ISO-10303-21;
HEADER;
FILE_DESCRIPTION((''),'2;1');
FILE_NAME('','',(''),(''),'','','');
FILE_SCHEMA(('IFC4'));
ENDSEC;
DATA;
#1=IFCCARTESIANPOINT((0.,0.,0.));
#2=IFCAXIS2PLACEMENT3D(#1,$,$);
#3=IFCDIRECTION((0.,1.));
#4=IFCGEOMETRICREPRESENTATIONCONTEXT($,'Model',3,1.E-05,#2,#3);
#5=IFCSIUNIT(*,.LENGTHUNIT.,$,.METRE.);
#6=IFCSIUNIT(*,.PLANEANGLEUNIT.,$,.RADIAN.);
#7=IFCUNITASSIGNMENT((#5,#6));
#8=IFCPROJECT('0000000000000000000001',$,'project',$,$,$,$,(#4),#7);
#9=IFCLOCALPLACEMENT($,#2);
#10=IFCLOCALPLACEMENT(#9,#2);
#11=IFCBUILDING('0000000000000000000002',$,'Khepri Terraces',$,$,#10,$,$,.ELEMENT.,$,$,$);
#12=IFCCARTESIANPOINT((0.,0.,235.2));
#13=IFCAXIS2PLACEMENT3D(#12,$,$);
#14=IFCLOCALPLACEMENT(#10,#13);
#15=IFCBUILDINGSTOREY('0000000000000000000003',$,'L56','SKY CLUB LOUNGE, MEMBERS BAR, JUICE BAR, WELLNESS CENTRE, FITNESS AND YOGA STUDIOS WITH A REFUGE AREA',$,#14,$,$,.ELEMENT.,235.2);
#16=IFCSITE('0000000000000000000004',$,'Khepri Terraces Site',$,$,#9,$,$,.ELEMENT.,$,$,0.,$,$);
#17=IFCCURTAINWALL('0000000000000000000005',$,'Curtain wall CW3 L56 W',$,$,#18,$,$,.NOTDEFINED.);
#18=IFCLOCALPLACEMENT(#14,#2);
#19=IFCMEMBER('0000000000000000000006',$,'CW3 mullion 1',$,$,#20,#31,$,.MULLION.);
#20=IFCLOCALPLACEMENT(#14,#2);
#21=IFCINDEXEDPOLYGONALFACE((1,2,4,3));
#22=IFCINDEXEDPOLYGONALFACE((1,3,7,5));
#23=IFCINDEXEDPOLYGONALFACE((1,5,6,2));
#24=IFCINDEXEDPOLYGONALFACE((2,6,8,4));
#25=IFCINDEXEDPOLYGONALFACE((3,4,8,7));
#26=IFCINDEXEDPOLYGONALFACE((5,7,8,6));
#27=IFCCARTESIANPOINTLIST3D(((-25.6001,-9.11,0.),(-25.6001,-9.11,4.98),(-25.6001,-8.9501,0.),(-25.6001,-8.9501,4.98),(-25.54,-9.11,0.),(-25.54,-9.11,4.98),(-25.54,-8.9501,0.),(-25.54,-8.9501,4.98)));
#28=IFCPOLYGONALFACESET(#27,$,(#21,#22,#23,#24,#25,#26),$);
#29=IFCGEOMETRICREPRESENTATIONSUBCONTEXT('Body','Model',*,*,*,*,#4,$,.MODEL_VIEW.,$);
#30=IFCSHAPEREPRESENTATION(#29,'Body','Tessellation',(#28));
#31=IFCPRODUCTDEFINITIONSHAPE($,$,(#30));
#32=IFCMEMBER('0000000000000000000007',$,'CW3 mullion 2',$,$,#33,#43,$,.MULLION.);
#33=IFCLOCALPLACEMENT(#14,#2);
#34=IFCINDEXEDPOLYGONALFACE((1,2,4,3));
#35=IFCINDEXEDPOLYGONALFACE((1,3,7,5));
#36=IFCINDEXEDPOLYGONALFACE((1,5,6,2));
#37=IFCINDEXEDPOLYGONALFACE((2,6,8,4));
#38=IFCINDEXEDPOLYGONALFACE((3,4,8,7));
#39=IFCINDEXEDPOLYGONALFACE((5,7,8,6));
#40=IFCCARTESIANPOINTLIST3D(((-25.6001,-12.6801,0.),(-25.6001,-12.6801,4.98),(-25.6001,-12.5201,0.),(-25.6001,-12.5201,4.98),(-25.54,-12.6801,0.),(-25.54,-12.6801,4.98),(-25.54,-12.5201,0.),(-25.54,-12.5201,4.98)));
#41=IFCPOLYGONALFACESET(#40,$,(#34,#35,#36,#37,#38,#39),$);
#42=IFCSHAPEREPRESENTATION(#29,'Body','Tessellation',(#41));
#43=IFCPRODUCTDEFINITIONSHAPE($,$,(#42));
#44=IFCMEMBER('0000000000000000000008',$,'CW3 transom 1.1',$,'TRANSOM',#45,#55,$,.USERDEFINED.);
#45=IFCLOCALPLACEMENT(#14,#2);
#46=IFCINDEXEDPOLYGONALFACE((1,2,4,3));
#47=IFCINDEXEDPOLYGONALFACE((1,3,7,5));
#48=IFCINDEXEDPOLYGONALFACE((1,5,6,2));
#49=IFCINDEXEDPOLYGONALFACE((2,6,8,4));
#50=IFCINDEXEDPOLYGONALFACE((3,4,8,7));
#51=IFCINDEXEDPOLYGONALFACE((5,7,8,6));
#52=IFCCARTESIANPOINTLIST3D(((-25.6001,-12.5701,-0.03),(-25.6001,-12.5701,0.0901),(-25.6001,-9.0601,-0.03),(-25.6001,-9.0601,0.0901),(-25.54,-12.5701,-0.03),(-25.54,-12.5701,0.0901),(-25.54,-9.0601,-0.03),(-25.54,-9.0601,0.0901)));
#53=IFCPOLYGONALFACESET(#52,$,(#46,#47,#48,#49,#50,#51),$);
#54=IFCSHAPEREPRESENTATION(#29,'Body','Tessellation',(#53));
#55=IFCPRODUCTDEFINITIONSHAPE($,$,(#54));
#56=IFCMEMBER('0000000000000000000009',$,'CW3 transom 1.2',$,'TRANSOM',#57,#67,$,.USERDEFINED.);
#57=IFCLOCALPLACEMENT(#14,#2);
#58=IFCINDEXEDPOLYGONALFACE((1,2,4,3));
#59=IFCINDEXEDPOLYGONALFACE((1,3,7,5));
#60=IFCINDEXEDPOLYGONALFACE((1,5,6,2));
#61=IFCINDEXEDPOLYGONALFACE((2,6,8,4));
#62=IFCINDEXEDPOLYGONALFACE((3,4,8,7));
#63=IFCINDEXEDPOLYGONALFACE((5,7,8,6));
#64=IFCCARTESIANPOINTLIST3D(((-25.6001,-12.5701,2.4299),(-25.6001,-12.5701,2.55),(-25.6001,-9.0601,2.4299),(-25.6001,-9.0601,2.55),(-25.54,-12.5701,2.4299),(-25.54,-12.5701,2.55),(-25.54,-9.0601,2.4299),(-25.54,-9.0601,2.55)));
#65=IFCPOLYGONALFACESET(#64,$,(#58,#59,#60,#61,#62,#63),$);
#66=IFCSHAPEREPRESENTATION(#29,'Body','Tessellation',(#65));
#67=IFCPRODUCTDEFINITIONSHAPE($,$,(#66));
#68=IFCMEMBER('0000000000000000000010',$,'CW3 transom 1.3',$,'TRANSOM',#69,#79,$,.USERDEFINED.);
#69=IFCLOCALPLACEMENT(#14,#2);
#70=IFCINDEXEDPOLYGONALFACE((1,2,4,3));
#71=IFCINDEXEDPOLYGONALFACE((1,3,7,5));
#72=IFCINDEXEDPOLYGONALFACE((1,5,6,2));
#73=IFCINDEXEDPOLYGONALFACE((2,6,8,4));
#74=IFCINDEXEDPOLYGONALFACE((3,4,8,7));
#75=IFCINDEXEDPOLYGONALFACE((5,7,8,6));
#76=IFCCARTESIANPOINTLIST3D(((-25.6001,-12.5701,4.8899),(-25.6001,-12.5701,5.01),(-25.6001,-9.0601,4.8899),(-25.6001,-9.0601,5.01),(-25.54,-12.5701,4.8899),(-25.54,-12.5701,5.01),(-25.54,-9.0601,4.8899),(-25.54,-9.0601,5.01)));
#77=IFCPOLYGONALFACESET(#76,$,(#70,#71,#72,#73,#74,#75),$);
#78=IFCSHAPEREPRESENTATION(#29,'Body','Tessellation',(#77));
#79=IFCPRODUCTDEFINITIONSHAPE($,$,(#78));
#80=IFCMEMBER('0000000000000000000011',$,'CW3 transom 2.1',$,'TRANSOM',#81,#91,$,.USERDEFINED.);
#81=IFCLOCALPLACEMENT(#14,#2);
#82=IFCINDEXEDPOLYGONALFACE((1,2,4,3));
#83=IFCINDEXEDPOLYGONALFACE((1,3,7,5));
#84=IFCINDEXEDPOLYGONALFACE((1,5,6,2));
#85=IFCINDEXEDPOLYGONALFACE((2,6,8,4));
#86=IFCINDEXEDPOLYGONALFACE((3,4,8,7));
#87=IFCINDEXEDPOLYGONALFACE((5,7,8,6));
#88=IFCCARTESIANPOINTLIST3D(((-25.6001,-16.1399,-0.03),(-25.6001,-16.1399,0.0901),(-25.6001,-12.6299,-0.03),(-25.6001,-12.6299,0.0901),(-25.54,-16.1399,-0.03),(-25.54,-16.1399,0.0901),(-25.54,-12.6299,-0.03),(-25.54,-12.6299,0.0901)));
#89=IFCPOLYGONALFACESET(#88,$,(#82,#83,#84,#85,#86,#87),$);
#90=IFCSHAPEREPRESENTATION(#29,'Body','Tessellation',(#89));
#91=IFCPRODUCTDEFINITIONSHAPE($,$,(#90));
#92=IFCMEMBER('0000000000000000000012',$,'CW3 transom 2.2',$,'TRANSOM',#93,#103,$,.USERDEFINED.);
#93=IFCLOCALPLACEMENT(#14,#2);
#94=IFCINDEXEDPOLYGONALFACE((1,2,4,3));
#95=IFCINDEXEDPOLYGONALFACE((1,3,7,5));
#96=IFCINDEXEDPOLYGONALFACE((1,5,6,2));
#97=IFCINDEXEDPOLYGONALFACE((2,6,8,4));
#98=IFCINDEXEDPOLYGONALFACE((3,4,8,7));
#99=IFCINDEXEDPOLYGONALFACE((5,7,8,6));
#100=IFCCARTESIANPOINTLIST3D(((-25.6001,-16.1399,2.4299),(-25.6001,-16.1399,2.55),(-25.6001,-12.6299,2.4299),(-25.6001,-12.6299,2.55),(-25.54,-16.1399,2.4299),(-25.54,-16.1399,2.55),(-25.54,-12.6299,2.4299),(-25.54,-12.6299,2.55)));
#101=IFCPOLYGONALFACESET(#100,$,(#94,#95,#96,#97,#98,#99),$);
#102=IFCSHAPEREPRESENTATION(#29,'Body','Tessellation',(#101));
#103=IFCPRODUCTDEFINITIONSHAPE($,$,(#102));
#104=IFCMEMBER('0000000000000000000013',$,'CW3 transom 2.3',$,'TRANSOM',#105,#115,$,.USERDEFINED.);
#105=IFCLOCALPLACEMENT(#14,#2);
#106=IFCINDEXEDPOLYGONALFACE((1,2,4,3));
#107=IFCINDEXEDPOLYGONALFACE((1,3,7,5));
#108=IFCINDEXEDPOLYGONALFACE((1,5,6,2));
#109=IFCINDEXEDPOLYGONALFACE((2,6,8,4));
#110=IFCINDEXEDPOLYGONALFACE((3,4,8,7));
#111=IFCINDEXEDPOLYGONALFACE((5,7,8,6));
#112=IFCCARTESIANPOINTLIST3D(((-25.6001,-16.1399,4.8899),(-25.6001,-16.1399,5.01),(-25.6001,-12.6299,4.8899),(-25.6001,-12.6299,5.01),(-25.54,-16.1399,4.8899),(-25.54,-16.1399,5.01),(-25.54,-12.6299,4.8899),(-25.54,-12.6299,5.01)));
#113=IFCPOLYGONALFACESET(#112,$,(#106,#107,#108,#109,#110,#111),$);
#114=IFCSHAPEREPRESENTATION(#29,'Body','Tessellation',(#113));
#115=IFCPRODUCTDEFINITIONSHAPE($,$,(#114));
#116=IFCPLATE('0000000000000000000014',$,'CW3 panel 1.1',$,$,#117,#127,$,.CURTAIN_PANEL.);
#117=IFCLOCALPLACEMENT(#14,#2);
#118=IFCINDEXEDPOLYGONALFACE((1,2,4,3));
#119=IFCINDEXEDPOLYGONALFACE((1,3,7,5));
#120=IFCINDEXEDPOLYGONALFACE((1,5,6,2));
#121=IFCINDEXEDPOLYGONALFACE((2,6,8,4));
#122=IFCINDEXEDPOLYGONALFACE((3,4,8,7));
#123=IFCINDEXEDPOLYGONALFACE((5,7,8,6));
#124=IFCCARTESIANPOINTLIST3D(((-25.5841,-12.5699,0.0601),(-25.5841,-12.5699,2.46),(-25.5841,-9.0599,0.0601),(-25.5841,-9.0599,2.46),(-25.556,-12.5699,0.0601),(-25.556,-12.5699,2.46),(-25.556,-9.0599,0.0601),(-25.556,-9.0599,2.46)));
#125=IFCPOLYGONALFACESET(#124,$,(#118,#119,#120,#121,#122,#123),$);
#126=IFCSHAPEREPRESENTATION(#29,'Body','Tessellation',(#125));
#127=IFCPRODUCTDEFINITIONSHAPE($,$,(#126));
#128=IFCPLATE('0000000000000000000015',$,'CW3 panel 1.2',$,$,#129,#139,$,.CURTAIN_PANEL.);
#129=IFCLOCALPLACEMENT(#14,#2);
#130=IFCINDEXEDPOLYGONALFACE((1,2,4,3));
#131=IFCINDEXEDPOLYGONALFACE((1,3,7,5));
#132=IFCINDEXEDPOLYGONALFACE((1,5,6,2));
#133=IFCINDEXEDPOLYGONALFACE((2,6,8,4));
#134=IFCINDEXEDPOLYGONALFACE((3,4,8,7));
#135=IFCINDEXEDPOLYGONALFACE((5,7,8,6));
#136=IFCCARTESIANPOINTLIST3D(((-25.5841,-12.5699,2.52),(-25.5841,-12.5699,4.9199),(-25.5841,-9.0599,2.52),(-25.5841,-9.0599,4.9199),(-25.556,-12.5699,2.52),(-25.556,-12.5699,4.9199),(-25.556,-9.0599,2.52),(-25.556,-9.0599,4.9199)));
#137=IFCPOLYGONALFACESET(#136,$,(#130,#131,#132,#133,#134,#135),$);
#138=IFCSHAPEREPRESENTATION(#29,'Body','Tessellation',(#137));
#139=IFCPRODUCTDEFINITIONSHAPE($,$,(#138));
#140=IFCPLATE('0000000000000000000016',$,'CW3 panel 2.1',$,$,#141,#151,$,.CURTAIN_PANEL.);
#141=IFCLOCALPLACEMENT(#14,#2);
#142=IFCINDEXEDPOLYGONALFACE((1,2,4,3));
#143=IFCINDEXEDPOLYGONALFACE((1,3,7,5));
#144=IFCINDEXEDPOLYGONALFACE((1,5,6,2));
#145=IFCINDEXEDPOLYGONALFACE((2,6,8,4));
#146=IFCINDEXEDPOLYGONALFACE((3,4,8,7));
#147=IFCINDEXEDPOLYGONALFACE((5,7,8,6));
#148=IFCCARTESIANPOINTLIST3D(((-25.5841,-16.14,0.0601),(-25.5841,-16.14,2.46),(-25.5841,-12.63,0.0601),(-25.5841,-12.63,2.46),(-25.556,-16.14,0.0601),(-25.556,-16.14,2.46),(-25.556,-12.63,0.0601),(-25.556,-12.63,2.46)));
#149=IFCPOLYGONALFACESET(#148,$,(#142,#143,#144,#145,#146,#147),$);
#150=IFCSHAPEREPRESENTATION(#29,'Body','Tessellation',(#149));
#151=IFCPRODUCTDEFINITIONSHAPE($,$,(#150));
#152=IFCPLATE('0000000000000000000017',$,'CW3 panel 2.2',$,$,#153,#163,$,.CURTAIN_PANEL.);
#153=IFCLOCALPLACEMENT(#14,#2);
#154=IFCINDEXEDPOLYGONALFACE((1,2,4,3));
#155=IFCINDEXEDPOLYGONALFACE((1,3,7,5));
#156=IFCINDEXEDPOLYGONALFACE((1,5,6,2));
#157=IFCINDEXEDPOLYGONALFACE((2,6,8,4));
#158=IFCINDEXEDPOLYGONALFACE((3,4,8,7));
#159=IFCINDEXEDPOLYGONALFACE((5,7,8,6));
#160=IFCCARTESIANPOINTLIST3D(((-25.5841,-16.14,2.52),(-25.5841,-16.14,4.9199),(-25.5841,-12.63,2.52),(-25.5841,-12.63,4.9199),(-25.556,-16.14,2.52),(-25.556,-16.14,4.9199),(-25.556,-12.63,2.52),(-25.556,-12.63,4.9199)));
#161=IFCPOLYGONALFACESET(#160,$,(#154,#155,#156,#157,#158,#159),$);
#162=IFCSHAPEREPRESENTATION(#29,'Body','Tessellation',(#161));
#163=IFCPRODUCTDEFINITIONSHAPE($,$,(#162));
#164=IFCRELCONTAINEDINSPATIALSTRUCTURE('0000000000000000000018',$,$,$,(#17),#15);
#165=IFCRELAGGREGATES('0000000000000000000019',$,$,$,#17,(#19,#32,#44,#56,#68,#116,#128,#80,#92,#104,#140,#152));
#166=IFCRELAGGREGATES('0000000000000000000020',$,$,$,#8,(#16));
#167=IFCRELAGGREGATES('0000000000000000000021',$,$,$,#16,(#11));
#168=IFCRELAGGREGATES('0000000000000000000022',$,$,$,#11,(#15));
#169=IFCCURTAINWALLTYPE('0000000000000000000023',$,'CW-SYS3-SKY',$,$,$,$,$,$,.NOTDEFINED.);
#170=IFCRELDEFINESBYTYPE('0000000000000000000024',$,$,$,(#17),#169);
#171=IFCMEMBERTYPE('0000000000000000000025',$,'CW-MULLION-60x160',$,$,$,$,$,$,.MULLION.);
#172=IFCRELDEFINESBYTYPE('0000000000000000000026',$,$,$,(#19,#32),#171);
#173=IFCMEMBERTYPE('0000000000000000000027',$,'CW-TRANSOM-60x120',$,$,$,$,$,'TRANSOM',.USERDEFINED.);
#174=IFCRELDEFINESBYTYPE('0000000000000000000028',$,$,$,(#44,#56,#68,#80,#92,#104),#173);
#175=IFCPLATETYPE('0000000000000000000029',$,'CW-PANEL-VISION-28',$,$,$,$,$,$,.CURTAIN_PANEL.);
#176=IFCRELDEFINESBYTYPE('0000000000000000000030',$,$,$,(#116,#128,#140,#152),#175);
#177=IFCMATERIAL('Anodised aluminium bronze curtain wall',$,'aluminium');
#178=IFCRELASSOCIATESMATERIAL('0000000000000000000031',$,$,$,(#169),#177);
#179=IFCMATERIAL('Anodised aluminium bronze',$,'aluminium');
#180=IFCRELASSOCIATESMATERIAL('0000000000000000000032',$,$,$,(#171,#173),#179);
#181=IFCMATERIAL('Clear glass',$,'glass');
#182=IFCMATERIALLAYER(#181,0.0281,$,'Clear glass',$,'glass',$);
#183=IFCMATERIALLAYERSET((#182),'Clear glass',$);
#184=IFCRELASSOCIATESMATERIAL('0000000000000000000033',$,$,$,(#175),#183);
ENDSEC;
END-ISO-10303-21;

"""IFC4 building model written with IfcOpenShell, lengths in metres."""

from ifc_helpers import new_model, si_unit, direction, frame, origin, origin_2d, place, context, subcontext, project, spatial, rectangle, extrude, material, layer, layer_set, material_profile, profile_set, type_object, element, aggregate, save


model = new_model("IFC4")

# Units and contexts
model_context = context("Model", 3, precision=1e-05, world=origin(), true_north=direction((0.0, 1.0)))
body_context = subcontext(model_context, "Body", "Model", "MODEL_VIEW")
ifc_project = project(units=[si_unit("LENGTHUNIT", "METRE"), si_unit("PLANEANGLEUNIT", "RADIAN")], contexts=[model_context])

# Site, building, storey
site_placement = place(None, origin())
site = spatial("IfcSite", under=ifc_project, at=site_placement, Name="Khepri Terraces Site", CompositionType="ELEMENT", RefElevation=0.0)
building_placement = place(site_placement, origin())
building = spatial("IfcBuilding", under=site, at=building_placement, Name="Khepri Terraces", CompositionType="ELEMENT")
storey_placement = place(building_placement, frame((0.0, 0.0, 235.2)))
storey = spatial("IfcBuildingStorey", under=building, at=storey_placement, Name="L56", Description="SKY CLUB LOUNGE, MEMBERS BAR, JUICE BAR, WELLNESS CENTRE, FITNESS AND YOGA STUDIOS WITH A REFUGE AREA", CompositionType="ELEMENT", Elevation=235.2)

# Curtain wall, members, plates
ifc_material_1 = material(Name="Anodised aluminium bronze curtain wall", Category="aluminium")
curtain_wall_type = type_object("IfcCurtainWallType", Name="CW-SYS3-SKY", PredefinedType="NOTDEFINED", material=ifc_material_1)
curtain_wall_placement = place(storey_placement, origin())
curtain_wall = element("IfcCurtainWall", 1, at=curtain_wall_placement, inside=storey, type_object=curtain_wall_type, Name="Curtain wall CW3 L56 W", PredefinedType="NOTDEFINED")
ifc_material_2 = material(Name="Anodised aluminium bronze", Category="aluminium")
ifc_material_profile_1 = material_profile(ifc_material_2, rectangle(XDim=0.0601, YDim=0.1599, at=origin_2d()), Name="Anodised aluminium bronze", Category="aluminium")
ifc_profile_set_1 = profile_set([ifc_material_profile_1], Name="Anodised aluminium bronze")
member_type_1 = type_object("IfcMemberType", Name="CW-MULLION-60x160", PredefinedType="MULLION", material=ifc_profile_set_1)
member_1_placement = place(storey_placement, frame((-25.5701, -9.03, 0.0), z_axis=(0.0, 0.0, 1.0), x_axis=(1.0, 0.0, 0.0)))
member_1 = element("IfcMember", 2, at=member_1_placement, type_object=member_type_1, Name="CW3 mullion 1", PredefinedType="MULLION", context=body_context, shape_type="SweptSolid", body=[
    extrude(rectangle(XDim=0.0601, YDim=0.1599, at=origin_2d()), origin(), (0.0, 0.0, 1.0), 4.98),
])
member_2_placement = place(storey_placement, frame((-25.5701, -12.6001, 0.0), z_axis=(0.0, 0.0, 1.0), x_axis=(1.0, 0.0, 0.0)))
member_2 = element("IfcMember", 3, at=member_2_placement, type_object=member_type_1, Name="CW3 mullion 2", PredefinedType="MULLION", context=body_context, shape_type="SweptSolid", body=[
    extrude(rectangle(XDim=0.0601, YDim=0.1599, at=origin_2d()), origin(), (0.0, 0.0, 1.0), 4.98),
])
ifc_material_profile_2 = material_profile(ifc_material_2, rectangle(XDim=0.0601, YDim=0.1201, at=origin_2d()), Name="Anodised aluminium bronze", Category="aluminium")
ifc_profile_set_2 = profile_set([ifc_material_profile_2], Name="Anodised aluminium bronze")
member_type_2 = type_object("IfcMemberType", Name="CW-TRANSOM-60x120", ElementType="TRANSOM", PredefinedType="USERDEFINED", material=ifc_profile_set_2)
member_3_placement = place(storey_placement, frame((-25.5701, -9.0601, 0.03), z_axis=(0.0, -1.0, 0.0), x_axis=(1.0, 0.0, 0.0)))
member_3 = element("IfcMember", 4, at=member_3_placement, type_object=member_type_2, Name="CW3 transom 1.1", ObjectType="TRANSOM", PredefinedType="USERDEFINED", context=body_context, shape_type="SweptSolid", body=[
    extrude(rectangle(XDim=0.0601, YDim=0.1201, at=origin_2d()), origin(), (0.0, 0.0, 1.0), 3.51),
])
member_4_placement = place(storey_placement, frame((-25.5701, -9.0601, 2.49), z_axis=(0.0, -1.0, 0.0), x_axis=(1.0, 0.0, 0.0)))
member_4 = element("IfcMember", 5, at=member_4_placement, type_object=member_type_2, Name="CW3 transom 1.2", ObjectType="TRANSOM", PredefinedType="USERDEFINED", context=body_context, shape_type="SweptSolid", body=[
    extrude(rectangle(XDim=0.0601, YDim=0.1201, at=origin_2d()), origin(), (0.0, 0.0, 1.0), 3.51),
])
member_5_placement = place(storey_placement, frame((-25.5701, -9.0601, 4.95), z_axis=(0.0, -1.0, 0.0), x_axis=(1.0, 0.0, 0.0)))
member_5 = element("IfcMember", 6, at=member_5_placement, type_object=member_type_2, Name="CW3 transom 1.3", ObjectType="TRANSOM", PredefinedType="USERDEFINED", context=body_context, shape_type="SweptSolid", body=[
    extrude(rectangle(XDim=0.0601, YDim=0.1201, at=origin_2d()), origin(), (0.0, 0.0, 1.0), 3.51),
])
member_6_placement = place(storey_placement, frame((-25.5701, -12.6299, 0.03), z_axis=(0.0, -1.0, 0.0), x_axis=(1.0, 0.0, 0.0)))
member_6 = element("IfcMember", 7, at=member_6_placement, type_object=member_type_2, Name="CW3 transom 2.1", ObjectType="TRANSOM", PredefinedType="USERDEFINED", context=body_context, shape_type="SweptSolid", body=[
    extrude(rectangle(XDim=0.0601, YDim=0.1201, at=origin_2d()), origin(), (0.0, 0.0, 1.0), 3.51),
])
member_7_placement = place(storey_placement, frame((-25.5701, -12.6299, 2.49), z_axis=(0.0, -1.0, 0.0), x_axis=(1.0, 0.0, 0.0)))
member_7 = element("IfcMember", 8, at=member_7_placement, type_object=member_type_2, Name="CW3 transom 2.2", ObjectType="TRANSOM", PredefinedType="USERDEFINED", context=body_context, shape_type="SweptSolid", body=[
    extrude(rectangle(XDim=0.0601, YDim=0.1201, at=origin_2d()), origin(), (0.0, 0.0, 1.0), 3.51),
])
member_8_placement = place(storey_placement, frame((-25.5701, -12.6299, 4.95), z_axis=(0.0, -1.0, 0.0), x_axis=(1.0, 0.0, 0.0)))
member_8 = element("IfcMember", 9, at=member_8_placement, type_object=member_type_2, Name="CW3 transom 2.3", ObjectType="TRANSOM", PredefinedType="USERDEFINED", context=body_context, shape_type="SweptSolid", body=[
    extrude(rectangle(XDim=0.0601, YDim=0.1201, at=origin_2d()), origin(), (0.0, 0.0, 1.0), 3.51),
])
ifc_material_3 = material(Name="Clear glass", Category="glass")
ifc_layer = layer(ifc_material_3, 0.0281, Name="Clear glass", Category="glass")
ifc_layer_set = layer_set([ifc_layer], Name="Clear glass")
plate_type = type_object("IfcPlateType", Name="CW-PANEL-VISION-28", PredefinedType="CURTAIN_PANEL", material=ifc_layer_set)
plate_1_placement = place(storey_placement, frame((-25.5701, -10.8149, 0.0601), z_axis=(0.0, 0.0, 1.0), x_axis=(0.0, -1.0, 0.0)))
plate_1 = element("IfcPlate", 10, at=plate_1_placement, type_object=plate_type, Name="CW3 panel 1.1", PredefinedType="CURTAIN_PANEL", context=body_context, shape_type="SweptSolid", body=[
    extrude(rectangle(XDim=3.51, YDim=0.0281, at=origin_2d()), origin(), (0.0, 0.0, 1.0), 2.3999),
])
plate_2_placement = place(storey_placement, frame((-25.5701, -10.8149, 2.52), z_axis=(0.0, 0.0, 1.0), x_axis=(0.0, -1.0, 0.0)))
plate_2 = element("IfcPlate", 11, at=plate_2_placement, type_object=plate_type, Name="CW3 panel 1.2", PredefinedType="CURTAIN_PANEL", context=body_context, shape_type="SweptSolid", body=[
    extrude(rectangle(XDim=3.51, YDim=0.0281, at=origin_2d()), origin(), (0.0, 0.0, 1.0), 2.3999),
])
plate_3_placement = place(storey_placement, frame((-25.5701, -14.385, 0.0601), z_axis=(0.0, 0.0, 1.0), x_axis=(0.0, -1.0, 0.0)))
plate_3 = element("IfcPlate", 12, at=plate_3_placement, type_object=plate_type, Name="CW3 panel 2.1", PredefinedType="CURTAIN_PANEL", context=body_context, shape_type="SweptSolid", body=[
    extrude(rectangle(XDim=3.51, YDim=0.0281, at=origin_2d()), origin(), (0.0, 0.0, 1.0), 2.3999),
])
plate_4_placement = place(storey_placement, frame((-25.5701, -14.385, 2.52), z_axis=(0.0, 0.0, 1.0), x_axis=(0.0, -1.0, 0.0)))
plate_4 = element("IfcPlate", 13, at=plate_4_placement, type_object=plate_type, Name="CW3 panel 2.2", PredefinedType="CURTAIN_PANEL", context=body_context, shape_type="SweptSolid", body=[
    extrude(rectangle(XDim=3.51, YDim=0.0281, at=origin_2d()), origin(), (0.0, 0.0, 1.0), 2.3999),
])
aggregate(curtain_wall, [member_1, member_2, member_3, member_4, member_5, plate_1, plate_2, member_6, member_7, member_8, plate_3, plate_4])

save(model, "model.ifc")
